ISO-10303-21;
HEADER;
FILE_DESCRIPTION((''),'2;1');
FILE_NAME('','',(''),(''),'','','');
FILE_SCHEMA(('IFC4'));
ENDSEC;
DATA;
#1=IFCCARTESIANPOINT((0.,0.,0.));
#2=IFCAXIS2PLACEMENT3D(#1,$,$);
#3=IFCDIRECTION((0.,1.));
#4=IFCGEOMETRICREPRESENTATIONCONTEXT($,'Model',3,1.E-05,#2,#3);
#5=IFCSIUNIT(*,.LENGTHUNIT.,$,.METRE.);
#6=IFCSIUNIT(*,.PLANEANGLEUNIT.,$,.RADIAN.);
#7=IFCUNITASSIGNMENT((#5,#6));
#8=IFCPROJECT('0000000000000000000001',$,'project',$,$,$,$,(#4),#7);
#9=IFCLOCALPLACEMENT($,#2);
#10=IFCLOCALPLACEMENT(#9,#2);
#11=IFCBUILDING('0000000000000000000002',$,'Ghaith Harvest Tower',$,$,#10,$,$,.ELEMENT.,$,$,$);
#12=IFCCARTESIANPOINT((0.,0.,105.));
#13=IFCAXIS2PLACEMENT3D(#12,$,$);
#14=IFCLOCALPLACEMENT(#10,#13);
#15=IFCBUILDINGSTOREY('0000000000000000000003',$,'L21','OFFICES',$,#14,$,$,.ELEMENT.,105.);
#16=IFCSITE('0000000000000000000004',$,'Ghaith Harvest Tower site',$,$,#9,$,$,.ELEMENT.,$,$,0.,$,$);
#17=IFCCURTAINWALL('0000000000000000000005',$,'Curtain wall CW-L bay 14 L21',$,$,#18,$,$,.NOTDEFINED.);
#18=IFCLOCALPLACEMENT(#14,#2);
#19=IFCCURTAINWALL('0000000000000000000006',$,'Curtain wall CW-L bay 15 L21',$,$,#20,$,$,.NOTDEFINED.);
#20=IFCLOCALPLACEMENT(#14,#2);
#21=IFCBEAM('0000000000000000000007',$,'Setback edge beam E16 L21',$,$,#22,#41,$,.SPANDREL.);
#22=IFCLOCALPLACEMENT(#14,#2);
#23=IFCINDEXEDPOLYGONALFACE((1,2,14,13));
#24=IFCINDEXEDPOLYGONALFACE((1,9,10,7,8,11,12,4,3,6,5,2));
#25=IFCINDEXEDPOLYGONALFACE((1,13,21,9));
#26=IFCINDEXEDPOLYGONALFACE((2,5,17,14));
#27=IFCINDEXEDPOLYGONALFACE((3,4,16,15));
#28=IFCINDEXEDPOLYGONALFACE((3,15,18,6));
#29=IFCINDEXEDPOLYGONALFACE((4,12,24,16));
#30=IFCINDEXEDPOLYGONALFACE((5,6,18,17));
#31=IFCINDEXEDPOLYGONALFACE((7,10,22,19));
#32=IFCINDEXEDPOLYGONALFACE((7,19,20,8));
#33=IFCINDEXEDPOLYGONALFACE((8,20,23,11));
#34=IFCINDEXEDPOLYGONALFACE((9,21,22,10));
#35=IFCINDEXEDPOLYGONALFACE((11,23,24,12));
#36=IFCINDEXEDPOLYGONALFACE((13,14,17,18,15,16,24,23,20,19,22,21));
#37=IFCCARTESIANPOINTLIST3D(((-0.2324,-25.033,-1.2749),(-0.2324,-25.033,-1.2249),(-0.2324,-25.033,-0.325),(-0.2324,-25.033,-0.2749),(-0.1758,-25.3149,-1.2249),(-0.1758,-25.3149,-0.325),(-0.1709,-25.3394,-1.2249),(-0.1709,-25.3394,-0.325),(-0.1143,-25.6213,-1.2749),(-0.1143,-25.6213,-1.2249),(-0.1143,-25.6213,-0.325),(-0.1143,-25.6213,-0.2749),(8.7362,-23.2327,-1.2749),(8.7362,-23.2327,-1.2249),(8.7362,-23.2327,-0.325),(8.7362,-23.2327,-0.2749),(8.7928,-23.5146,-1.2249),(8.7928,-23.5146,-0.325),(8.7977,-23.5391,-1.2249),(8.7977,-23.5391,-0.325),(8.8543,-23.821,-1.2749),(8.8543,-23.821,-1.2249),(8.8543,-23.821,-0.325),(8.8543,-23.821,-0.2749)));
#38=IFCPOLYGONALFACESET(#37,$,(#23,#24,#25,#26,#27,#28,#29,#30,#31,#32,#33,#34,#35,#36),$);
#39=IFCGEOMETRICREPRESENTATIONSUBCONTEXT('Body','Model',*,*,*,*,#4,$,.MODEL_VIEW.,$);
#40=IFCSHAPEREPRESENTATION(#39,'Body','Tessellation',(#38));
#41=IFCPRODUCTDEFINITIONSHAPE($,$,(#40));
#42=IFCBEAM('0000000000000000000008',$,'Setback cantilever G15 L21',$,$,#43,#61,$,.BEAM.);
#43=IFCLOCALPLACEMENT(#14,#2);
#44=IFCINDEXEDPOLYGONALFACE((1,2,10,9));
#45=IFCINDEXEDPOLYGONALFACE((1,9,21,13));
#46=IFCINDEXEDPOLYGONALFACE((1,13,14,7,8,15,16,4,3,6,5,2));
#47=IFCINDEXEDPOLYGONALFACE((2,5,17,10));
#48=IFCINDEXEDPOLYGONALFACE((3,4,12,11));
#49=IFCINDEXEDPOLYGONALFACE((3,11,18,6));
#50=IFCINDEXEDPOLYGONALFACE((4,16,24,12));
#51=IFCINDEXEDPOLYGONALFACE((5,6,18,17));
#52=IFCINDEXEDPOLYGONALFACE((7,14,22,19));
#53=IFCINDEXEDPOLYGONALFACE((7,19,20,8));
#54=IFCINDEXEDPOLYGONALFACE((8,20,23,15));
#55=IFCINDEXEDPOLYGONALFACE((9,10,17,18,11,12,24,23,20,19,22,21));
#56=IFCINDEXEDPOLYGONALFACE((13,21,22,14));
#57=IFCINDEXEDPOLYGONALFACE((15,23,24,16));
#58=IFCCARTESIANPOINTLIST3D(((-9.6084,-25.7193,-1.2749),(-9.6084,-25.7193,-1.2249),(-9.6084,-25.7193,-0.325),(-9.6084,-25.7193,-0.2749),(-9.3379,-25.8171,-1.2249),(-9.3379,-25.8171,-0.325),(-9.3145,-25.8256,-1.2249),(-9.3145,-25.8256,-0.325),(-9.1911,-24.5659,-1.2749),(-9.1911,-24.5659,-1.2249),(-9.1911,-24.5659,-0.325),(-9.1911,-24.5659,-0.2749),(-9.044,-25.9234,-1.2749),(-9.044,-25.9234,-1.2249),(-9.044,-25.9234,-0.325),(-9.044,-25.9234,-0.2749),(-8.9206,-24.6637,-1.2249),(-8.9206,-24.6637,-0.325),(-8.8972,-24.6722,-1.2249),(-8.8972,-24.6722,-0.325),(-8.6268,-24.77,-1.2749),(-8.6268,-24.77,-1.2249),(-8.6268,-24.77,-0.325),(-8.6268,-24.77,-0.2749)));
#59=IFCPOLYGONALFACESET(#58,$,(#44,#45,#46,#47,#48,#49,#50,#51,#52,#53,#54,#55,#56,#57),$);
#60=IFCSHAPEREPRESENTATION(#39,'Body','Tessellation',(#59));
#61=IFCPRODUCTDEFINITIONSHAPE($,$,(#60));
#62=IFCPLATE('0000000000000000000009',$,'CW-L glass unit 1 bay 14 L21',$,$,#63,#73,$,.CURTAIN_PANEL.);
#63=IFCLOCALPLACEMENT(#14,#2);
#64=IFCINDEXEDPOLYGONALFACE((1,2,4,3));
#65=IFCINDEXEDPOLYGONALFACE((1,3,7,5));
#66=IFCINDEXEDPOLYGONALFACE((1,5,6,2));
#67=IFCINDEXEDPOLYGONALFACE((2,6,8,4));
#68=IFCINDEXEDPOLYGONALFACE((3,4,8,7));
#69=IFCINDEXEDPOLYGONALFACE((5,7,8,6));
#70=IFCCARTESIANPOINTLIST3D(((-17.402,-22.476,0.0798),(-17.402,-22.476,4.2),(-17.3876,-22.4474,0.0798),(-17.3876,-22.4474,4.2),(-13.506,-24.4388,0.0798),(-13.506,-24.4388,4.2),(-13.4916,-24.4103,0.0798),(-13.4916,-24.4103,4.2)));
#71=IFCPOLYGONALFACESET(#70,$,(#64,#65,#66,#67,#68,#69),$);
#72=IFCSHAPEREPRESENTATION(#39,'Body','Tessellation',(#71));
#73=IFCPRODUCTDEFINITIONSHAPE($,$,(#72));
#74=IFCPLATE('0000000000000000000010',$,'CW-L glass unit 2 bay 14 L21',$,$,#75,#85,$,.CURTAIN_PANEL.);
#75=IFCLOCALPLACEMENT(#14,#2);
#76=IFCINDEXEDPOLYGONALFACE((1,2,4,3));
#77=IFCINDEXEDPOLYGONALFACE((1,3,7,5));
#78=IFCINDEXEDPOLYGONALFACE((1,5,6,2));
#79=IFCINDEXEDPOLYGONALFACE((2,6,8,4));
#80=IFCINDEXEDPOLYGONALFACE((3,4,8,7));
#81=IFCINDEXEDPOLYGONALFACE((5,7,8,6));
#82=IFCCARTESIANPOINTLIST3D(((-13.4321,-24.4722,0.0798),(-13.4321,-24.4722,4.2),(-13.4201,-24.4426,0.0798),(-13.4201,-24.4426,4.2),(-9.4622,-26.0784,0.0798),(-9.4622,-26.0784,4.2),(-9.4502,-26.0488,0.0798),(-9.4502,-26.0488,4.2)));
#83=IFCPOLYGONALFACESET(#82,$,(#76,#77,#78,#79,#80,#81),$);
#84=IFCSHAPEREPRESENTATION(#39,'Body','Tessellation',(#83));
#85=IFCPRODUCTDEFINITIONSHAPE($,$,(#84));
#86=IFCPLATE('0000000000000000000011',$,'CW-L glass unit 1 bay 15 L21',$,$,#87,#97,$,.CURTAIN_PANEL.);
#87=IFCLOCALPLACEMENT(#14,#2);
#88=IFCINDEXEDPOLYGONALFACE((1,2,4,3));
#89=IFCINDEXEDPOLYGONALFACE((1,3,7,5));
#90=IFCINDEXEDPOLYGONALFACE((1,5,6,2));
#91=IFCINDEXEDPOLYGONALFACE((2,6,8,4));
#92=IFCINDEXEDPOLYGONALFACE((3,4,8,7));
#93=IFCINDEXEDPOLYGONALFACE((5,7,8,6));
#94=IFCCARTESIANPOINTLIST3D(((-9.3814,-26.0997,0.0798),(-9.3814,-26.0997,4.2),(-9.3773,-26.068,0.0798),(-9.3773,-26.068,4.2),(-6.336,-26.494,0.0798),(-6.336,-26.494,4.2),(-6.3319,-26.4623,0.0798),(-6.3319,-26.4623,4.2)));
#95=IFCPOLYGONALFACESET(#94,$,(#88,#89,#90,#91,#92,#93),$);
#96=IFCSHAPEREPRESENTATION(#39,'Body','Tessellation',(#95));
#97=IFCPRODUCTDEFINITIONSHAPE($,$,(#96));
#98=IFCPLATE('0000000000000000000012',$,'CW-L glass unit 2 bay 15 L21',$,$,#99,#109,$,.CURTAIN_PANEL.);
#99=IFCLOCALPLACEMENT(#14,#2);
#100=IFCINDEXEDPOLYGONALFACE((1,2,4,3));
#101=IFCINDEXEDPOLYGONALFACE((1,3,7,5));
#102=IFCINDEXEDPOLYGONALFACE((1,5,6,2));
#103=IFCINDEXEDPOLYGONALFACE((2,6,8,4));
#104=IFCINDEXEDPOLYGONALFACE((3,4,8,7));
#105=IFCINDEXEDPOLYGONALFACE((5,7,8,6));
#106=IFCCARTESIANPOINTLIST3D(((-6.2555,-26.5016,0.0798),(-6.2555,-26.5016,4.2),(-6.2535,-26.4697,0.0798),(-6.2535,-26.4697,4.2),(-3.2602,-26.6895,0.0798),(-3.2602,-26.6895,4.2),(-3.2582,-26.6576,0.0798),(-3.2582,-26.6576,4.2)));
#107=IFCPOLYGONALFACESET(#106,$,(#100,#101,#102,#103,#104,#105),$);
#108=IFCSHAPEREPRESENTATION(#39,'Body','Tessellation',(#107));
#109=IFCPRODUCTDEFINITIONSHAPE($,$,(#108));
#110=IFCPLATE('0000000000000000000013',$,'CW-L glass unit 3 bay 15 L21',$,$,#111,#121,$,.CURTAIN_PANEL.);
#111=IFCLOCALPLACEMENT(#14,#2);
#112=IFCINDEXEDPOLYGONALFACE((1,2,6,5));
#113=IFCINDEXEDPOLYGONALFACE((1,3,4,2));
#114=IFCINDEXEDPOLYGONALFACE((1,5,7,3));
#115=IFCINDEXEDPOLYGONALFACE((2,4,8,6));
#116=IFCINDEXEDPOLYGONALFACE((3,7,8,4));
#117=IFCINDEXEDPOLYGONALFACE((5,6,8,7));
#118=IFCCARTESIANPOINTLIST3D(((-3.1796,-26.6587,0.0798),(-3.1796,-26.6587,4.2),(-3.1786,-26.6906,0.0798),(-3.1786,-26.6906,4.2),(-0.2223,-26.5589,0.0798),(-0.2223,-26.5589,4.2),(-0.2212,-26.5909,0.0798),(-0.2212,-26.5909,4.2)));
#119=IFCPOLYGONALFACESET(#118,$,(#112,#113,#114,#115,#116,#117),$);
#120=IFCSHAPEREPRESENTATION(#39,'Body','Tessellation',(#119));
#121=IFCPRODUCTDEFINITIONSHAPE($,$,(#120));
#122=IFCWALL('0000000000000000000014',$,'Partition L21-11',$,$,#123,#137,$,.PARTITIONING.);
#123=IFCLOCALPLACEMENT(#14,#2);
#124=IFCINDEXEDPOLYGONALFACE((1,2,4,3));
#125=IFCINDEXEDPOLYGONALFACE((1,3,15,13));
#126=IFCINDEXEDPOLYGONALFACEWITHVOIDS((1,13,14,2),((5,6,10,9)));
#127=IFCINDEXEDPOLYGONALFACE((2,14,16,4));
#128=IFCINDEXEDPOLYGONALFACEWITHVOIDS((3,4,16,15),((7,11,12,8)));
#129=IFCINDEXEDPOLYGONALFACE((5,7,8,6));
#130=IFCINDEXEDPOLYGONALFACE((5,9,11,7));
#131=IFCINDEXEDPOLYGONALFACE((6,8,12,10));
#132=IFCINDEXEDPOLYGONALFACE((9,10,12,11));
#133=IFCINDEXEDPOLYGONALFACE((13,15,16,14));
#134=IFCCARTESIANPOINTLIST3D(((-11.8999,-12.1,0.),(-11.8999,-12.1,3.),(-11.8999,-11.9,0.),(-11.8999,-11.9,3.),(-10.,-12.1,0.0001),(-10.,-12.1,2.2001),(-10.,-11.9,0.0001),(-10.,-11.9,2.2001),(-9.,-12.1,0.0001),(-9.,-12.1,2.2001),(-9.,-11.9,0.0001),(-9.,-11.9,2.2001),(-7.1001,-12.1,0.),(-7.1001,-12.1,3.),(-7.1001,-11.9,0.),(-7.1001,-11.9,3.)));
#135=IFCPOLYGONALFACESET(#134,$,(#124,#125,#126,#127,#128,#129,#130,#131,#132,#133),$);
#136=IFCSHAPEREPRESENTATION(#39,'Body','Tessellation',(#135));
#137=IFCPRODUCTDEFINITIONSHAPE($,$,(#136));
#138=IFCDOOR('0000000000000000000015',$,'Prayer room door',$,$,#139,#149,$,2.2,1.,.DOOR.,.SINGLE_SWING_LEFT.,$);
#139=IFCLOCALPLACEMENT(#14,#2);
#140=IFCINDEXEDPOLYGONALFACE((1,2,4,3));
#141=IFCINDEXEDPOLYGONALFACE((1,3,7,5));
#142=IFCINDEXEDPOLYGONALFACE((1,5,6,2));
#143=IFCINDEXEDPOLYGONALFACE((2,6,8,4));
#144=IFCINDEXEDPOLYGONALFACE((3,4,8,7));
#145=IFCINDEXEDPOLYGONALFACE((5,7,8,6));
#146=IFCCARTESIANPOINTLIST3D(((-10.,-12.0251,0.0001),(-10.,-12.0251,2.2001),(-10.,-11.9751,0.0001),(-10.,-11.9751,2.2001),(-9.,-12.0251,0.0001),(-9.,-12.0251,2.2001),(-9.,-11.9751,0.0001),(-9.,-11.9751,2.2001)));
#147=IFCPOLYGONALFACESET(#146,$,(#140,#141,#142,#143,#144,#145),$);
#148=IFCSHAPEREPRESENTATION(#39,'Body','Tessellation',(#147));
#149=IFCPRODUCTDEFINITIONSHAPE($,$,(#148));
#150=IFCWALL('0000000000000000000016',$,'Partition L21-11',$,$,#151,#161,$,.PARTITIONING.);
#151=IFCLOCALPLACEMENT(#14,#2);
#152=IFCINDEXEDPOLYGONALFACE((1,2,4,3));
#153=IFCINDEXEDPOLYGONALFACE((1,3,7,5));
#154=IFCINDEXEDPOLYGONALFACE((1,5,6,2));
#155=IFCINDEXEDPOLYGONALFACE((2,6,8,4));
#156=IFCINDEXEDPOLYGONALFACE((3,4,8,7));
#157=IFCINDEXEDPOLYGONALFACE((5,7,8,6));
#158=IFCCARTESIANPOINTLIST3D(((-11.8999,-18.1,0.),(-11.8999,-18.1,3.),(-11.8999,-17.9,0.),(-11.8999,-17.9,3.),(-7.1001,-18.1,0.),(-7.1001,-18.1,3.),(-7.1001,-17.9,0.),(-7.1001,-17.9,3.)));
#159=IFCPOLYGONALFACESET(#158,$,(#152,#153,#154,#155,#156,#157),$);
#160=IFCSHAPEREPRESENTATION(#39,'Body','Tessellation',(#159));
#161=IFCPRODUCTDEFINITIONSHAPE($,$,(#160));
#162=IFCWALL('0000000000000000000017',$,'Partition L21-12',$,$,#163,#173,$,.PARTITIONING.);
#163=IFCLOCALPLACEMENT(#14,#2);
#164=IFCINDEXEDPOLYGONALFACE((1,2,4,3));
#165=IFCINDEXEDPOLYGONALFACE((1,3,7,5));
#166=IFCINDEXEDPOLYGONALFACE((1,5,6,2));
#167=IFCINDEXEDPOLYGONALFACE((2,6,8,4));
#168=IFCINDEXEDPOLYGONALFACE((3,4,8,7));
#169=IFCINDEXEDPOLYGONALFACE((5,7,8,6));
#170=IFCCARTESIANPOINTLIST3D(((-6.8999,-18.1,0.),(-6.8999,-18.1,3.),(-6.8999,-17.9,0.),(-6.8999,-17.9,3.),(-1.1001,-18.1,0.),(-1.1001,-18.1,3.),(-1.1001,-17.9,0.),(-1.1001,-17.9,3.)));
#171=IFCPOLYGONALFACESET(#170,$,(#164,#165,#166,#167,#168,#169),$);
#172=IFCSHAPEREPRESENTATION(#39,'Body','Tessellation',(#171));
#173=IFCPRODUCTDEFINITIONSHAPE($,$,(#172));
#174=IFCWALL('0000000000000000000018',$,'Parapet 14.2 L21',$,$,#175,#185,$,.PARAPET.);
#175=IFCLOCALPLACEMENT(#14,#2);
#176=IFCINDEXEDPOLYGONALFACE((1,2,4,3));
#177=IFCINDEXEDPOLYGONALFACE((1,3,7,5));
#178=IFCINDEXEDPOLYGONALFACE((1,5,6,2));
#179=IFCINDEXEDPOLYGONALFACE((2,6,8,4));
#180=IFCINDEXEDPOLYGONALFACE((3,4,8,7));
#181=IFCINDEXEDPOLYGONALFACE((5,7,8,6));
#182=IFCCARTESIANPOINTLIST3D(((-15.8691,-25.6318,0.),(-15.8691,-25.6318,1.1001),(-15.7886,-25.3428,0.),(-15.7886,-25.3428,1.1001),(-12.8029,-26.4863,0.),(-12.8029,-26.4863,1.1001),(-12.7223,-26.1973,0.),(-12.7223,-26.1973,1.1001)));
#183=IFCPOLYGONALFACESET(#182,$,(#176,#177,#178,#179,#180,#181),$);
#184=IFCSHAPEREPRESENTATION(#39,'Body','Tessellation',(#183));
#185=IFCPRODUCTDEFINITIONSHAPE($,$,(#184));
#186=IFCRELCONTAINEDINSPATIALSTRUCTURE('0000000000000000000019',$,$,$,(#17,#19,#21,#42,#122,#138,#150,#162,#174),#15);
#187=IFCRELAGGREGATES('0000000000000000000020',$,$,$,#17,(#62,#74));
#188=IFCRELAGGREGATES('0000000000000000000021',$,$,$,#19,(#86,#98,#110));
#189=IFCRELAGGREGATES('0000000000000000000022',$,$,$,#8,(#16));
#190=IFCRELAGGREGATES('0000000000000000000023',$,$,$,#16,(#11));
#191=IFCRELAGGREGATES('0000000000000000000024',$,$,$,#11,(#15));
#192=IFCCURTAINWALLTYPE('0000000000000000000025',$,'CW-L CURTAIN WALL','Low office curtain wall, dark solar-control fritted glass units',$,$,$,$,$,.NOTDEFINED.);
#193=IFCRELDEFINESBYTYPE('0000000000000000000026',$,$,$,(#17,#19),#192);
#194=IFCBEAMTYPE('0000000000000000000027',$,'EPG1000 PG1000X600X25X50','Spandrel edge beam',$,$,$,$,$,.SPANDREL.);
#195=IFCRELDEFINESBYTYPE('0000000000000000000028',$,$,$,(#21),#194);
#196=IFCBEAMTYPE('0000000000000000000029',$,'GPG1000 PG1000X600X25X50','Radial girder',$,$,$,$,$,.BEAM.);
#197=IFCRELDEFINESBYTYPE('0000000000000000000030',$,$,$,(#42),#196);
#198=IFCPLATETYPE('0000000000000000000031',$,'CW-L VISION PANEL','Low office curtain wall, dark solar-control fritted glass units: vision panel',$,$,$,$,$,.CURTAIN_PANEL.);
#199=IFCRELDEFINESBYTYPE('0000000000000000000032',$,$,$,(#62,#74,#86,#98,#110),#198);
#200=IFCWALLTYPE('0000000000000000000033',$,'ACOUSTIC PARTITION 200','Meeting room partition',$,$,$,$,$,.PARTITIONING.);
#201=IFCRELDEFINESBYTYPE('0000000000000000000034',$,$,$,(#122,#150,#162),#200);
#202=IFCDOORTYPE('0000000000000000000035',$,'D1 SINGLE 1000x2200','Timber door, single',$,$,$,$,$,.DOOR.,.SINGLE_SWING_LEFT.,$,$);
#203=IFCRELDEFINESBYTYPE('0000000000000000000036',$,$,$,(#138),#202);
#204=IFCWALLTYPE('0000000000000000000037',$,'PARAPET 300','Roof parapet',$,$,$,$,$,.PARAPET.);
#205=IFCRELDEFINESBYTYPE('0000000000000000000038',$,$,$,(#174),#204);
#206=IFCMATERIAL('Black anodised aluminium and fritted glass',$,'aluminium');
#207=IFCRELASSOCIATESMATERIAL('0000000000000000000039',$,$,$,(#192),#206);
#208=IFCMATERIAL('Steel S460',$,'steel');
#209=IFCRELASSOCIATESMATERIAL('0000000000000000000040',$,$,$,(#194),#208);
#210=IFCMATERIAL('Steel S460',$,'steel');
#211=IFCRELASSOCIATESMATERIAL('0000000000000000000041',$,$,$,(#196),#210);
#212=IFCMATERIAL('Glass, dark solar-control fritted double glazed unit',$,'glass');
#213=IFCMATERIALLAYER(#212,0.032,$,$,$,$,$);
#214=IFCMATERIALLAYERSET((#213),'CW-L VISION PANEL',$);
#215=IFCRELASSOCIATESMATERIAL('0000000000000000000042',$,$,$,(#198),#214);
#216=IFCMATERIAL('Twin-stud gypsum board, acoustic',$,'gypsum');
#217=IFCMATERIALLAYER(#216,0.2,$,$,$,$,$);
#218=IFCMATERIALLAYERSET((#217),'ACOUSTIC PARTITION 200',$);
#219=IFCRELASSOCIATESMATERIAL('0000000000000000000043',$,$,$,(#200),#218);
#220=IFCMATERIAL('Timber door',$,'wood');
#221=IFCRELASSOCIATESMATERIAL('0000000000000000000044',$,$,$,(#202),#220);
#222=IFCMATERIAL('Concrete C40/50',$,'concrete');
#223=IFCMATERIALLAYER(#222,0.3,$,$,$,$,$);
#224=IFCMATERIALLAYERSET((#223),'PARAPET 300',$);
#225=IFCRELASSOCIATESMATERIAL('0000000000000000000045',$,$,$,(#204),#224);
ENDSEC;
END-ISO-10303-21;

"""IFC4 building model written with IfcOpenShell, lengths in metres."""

from ifc_helpers import new_model, si_unit, direction, frame, frame_2d, origin, origin_2d, place, context, subcontext, project, spatial, rectangle, i_section, extrude, material, layer, layer_set, material_profile, profile_set, type_object, element, fill, aggregate, save


model = new_model("IFC4")

# Units and contexts
model_context = context("Model", 3, precision=1e-05, world=origin(), true_north=direction((0.0, 1.0)))
body_context = subcontext(model_context, "Body", "Model", "MODEL_VIEW")
ifc_project = project(units=[si_unit("LENGTHUNIT", "METRE"), si_unit("PLANEANGLEUNIT", "RADIAN")], contexts=[model_context])

# Site, building, storey
site_placement = place(None, origin())
site = spatial("IfcSite", under=ifc_project, at=site_placement, Name="Ghaith Harvest Tower site", CompositionType="ELEMENT", RefElevation=0.0)
building_placement = place(site_placement, origin())
building = spatial("IfcBuilding", under=site, at=building_placement, Name="Ghaith Harvest Tower", CompositionType="ELEMENT")
storey_placement = place(building_placement, frame((0.0, 0.0, 105.0)))
storey = spatial("IfcBuildingStorey", under=building, at=storey_placement, Name="L21", Description="OFFICES", CompositionType="ELEMENT", Elevation=105.0)

# Curtain wall
ifc_material_1 = material(Name="Black anodised aluminium and fritted glass", Category="aluminium")
curtain_wall_type = type_object("IfcCurtainWallType", Name="CW-L CURTAIN WALL", Description="Low office curtain wall, dark solar-control fritted glass units", PredefinedType="NOTDEFINED", material=ifc_material_1)
curtain_wall_1_placement = place(storey_placement, origin())
curtain_wall_1 = element("IfcCurtainWall", 1, at=curtain_wall_1_placement, inside=storey, type_object=curtain_wall_type, Name="Curtain wall CW-L bay 14 L21", PredefinedType="NOTDEFINED")

# Curtain wall
curtain_wall_2_placement = place(storey_placement, origin())
curtain_wall_2 = element("IfcCurtainWall", 2, at=curtain_wall_2_placement, inside=storey, type_object=curtain_wall_type, Name="Curtain wall CW-L bay 15 L21", PredefinedType="NOTDEFINED")

# Beams
ifc_material_2 = material(Name="Steel S460", Category="steel")
ifc_material_profile_1 = material_profile(ifc_material_2, i_section(OverallWidth=0.6001, OverallDepth=1.0, WebThickness=0.0249, FlangeThickness=0.05, at=origin_2d()), Name="PG1000X600X25X50")
ifc_profile_set_1 = profile_set([ifc_material_profile_1], Name="Steel S460")
beam_type_1 = type_object("IfcBeamType", Name="EPG1000 PG1000X600X25X50", Description="Spandrel edge beam", PredefinedType="SPANDREL", material=ifc_profile_set_1)
beam_1_placement = place(storey_placement, frame((-0.1733, -25.3271, -0.7749), z_axis=(0.980442, 0.196809, 0.0), x_axis=(-0.196809, 0.980442, 0.0)))
element("IfcBeam", 3, at=beam_1_placement, inside=storey, type_object=beam_type_1, Name="Setback edge beam E16 L21", PredefinedType="SPANDREL", context=body_context, shape_type="SweptSolid", body=[
    extrude(i_section(OverallWidth=0.6001, OverallDepth=1.0, WebThickness=0.0249, FlangeThickness=0.05, at=origin_2d()), origin(), (0.0, 0.0, 1.0), 9.1475),
])
ifc_material_3 = material(Name="Steel S460", Category="steel")
ifc_material_profile_2 = material_profile(ifc_material_3, i_section(OverallWidth=0.6001, OverallDepth=1.0, WebThickness=0.0249, FlangeThickness=0.05, at=origin_2d()), Name="PG1000X600X25X50")
ifc_profile_set_2 = profile_set([ifc_material_profile_2], Name="Steel S460")
beam_type_2 = type_object("IfcBeamType", Name="GPG1000 PG1000X600X25X50", Description="Radial girder", PredefinedType="BEAM", material=ifc_profile_set_2)
beam_2_placement = place(storey_placement, frame((-8.9089, -24.668, -0.7749), z_axis=(-0.340192, -0.940356, 0.0), x_axis=(0.940356, -0.340192, 0.0)))
element("IfcBeam", 4, at=beam_2_placement, inside=storey, type_object=beam_type_2, Name="Setback cantilever G15 L21", PredefinedType="BEAM", context=body_context, shape_type="SweptSolid", body=[
    extrude(i_section(OverallWidth=0.6001, OverallDepth=1.0, WebThickness=0.0249, FlangeThickness=0.05, at=origin_2d()), origin(), (0.0, 0.0, 1.0), 1.2266),
])

# Plates
ifc_material_4 = material(Name="Glass, dark solar-control fritted double glazed unit", Category="glass")
ifc_layer_1 = layer(ifc_material_4, 0.032)
ifc_layer_set_1 = layer_set([ifc_layer_1], Name="CW-L VISION PANEL")
plate_type = type_object("IfcPlateType", Name="CW-L VISION PANEL", Description="Low office curtain wall, dark solar-control fritted glass units: vision panel", PredefinedType="CURTAIN_PANEL", material=ifc_layer_set_1)
plate_1_placement = place(storey_placement, frame((-15.4468, -23.4431, 0.0798), z_axis=(0.0, 0.0, 1.0), x_axis=(0.893062, -0.449933, 0.0)))
plate_1 = element("IfcPlate", 5, at=plate_1_placement, type_object=plate_type, Name="CW-L glass unit 1 bay 14 L21", PredefinedType="CURTAIN_PANEL", context=body_context, shape_type="SweptSolid", body=[
    extrude(rectangle(XDim=4.3625, YDim=0.032, at=origin_2d()), origin(), (0.0, 0.0, 1.0), 4.1201),
])
plate_2_placement = place(storey_placement, frame((-11.4412, -25.2605, 0.0798), z_axis=(0.0, 0.0, 1.0), x_axis=(0.927003, -0.375055, 0.0)))
plate_2 = element("IfcPlate", 6, at=plate_2_placement, type_object=plate_type, Name="CW-L glass unit 2 bay 14 L21", PredefinedType="CURTAIN_PANEL", context=body_context, shape_type="SweptSolid", body=[
    extrude(rectangle(XDim=4.2825, YDim=0.032, at=origin_2d()), origin(), (0.0, 0.0, 1.0), 4.1201),
])
aggregate(curtain_wall_1, [plate_1, plate_2])
plate_3_placement = place(storey_placement, frame((-7.8567, -26.281, 0.0798), z_axis=(0.0, 0.0, 1.0), x_axis=(0.991723, -0.128392, 0.0)))
plate_3 = element("IfcPlate", 7, at=plate_3_placement, type_object=plate_type, Name="CW-L glass unit 1 bay 15 L21", PredefinedType="CURTAIN_PANEL", context=body_context, shape_type="SweptSolid", body=[
    extrude(rectangle(XDim=3.0708, YDim=0.032, at=origin_2d()), origin(), (0.0, 0.0, 1.0), 4.1201),
])
plate_4_placement = place(storey_placement, frame((-4.7568, -26.5796, 0.0798), z_axis=(0.0, 0.0, 1.0), x_axis=(0.998038, -0.062607, 0.0)))
plate_4 = element("IfcPlate", 8, at=plate_4_placement, type_object=plate_type, Name="CW-L glass unit 2 bay 15 L21", PredefinedType="CURTAIN_PANEL", context=body_context, shape_type="SweptSolid", body=[
    extrude(rectangle(XDim=3.0012, YDim=0.032, at=origin_2d()), origin(), (0.0, 0.0, 1.0), 4.1201),
])
plate_5_placement = place(storey_placement, frame((-1.7004, -26.6248, 0.0798), z_axis=(0.0, 0.0, 1.0), x_axis=(0.999432, 0.033714, 0.0)))
plate_5 = element("IfcPlate", 9, at=plate_5_placement, type_object=plate_type, Name="CW-L glass unit 3 bay 15 L21", PredefinedType="CURTAIN_PANEL", context=body_context, shape_type="SweptSolid", body=[
    extrude(rectangle(XDim=2.959, YDim=0.032, at=origin_2d()), origin(), (0.0, 0.0, 1.0), 4.1201),
])
aggregate(curtain_wall_2, [plate_3, plate_4, plate_5])

# Wall, opening, door
ifc_material_5 = material(Name="Twin-stud gypsum board, acoustic", Category="gypsum")
ifc_layer_2 = layer(ifc_material_5, 0.2)
ifc_layer_set_2 = layer_set([ifc_layer_2], Name="ACOUSTIC PARTITION 200")
wall_type_1 = type_object("IfcWallType", Name="ACOUSTIC PARTITION 200", Description="Meeting room partition", PredefinedType="PARTITIONING", material=ifc_layer_set_2)
wall_1_placement = place(storey_placement, frame((-11.8999, -12.0, 0.0), z_axis=(0.0, 0.0, 1.0), x_axis=(1.0, 0.0, 0.0)))
wall_1 = element("IfcWall", 10, at=wall_1_placement, inside=storey, type_object=wall_type_1, Name="Partition L21-11", PredefinedType="PARTITIONING", context=body_context, shape_type="SweptSolid", body=[
    extrude(rectangle(XDim=4.7998, YDim=0.2, at=frame_2d((2.3999, 0.0))), origin(), (0.0, 0.0, 1.0), 3.0),
])
opening_1_placement = place(wall_1_placement, frame((1.8999, 0.0, 0.0)))
opening_1 = element("IfcOpeningElement", 11, at=opening_1_placement, cuts=wall_1, PredefinedType="OPENING", context=body_context, shape_type="SweptSolid", body=[
    extrude(rectangle(XDim=1.0, YDim=2.2, at=frame_2d((0.5, 1.1001))), frame((0.0, 0.1099, 0.0), z_axis=(0.0, -1.0, 0.0), x_axis=(1.0, 0.0, 0.0)), (0.0, 0.0, 1.0), 0.22),
])
ifc_material_6 = material(Name="Timber door", Category="wood")
door_type_1 = type_object("IfcDoorType", Name="D1 SINGLE 1000x2200", Description="Timber door, single", OperationType="SINGLE_SWING_LEFT", PredefinedType="DOOR", material=ifc_material_6)
door_1_placement = place(opening_1_placement, origin())
door_1 = element("IfcDoor", 12, at=door_1_placement, inside=storey, type_object=door_type_1, Name="Prayer room door", OperationType="SINGLE_SWING_LEFT", OverallHeight=2.2, OverallWidth=1.0, PredefinedType="DOOR", context=body_context, shape_type="SweptSolid", body=[
    extrude(rectangle(XDim=1.0, YDim=2.2, at=frame_2d((0.5, 1.1001))), frame((0.0, 0.0249, 0.0), z_axis=(0.0, -1.0, 0.0), x_axis=(1.0, 0.0, 0.0)), (0.0, 0.0, 1.0), 0.05),
])
fill(opening_1, door_1)

# Wall
wall_2_placement = place(storey_placement, frame((-11.8999, -18.0, 0.0), z_axis=(0.0, 0.0, 1.0), x_axis=(1.0, 0.0, 0.0)))
element("IfcWall", 13, at=wall_2_placement, inside=storey, type_object=wall_type_1, Name="Partition L21-11", PredefinedType="PARTITIONING", context=body_context, shape_type="SweptSolid", body=[
    extrude(rectangle(XDim=4.7998, YDim=0.2, at=frame_2d((2.3999, 0.0))), origin(), (0.0, 0.0, 1.0), 3.0),
])

# Walls
wall_3_placement = place(storey_placement, frame((-6.8999, -18.0, 0.0), z_axis=(0.0, 0.0, 1.0), x_axis=(1.0, 0.0, 0.0)))
element("IfcWall", 14, at=wall_3_placement, inside=storey, type_object=wall_type_1, Name="Partition L21-12", PredefinedType="PARTITIONING", context=body_context, shape_type="SweptSolid", body=[
    extrude(rectangle(XDim=5.7998, YDim=0.2, at=frame_2d((2.8999, 0.0))), origin(), (0.0, 0.0, 1.0), 3.0),
])
ifc_material_7 = material(Name="Concrete C40/50", Category="concrete")
ifc_layer_3 = layer(ifc_material_7, 0.3)
ifc_layer_set_3 = layer_set([ifc_layer_3], Name="PARAPET 300")
wall_type_2 = type_object("IfcWallType", Name="PARAPET 300", Description="Roof parapet", PredefinedType="PARAPET", material=ifc_layer_set_3)
wall_4_placement = place(storey_placement, frame((-15.8289, -25.4873, 0.0), z_axis=(0.0, 0.0, 1.0), x_axis=(0.963292, -0.268455, 0.0)))
element("IfcWall", 15, at=wall_4_placement, inside=storey, type_object=wall_type_2, Name="Parapet 14.2 L21", PredefinedType="PARAPET", context=body_context, shape_type="SweptSolid", body=[
    extrude(rectangle(XDim=3.1831, YDim=0.3, at=frame_2d((1.5916, 0.0))), origin(), (0.0, 0.0, 1.0), 1.1001),
])

save(model, "model.ifc")
